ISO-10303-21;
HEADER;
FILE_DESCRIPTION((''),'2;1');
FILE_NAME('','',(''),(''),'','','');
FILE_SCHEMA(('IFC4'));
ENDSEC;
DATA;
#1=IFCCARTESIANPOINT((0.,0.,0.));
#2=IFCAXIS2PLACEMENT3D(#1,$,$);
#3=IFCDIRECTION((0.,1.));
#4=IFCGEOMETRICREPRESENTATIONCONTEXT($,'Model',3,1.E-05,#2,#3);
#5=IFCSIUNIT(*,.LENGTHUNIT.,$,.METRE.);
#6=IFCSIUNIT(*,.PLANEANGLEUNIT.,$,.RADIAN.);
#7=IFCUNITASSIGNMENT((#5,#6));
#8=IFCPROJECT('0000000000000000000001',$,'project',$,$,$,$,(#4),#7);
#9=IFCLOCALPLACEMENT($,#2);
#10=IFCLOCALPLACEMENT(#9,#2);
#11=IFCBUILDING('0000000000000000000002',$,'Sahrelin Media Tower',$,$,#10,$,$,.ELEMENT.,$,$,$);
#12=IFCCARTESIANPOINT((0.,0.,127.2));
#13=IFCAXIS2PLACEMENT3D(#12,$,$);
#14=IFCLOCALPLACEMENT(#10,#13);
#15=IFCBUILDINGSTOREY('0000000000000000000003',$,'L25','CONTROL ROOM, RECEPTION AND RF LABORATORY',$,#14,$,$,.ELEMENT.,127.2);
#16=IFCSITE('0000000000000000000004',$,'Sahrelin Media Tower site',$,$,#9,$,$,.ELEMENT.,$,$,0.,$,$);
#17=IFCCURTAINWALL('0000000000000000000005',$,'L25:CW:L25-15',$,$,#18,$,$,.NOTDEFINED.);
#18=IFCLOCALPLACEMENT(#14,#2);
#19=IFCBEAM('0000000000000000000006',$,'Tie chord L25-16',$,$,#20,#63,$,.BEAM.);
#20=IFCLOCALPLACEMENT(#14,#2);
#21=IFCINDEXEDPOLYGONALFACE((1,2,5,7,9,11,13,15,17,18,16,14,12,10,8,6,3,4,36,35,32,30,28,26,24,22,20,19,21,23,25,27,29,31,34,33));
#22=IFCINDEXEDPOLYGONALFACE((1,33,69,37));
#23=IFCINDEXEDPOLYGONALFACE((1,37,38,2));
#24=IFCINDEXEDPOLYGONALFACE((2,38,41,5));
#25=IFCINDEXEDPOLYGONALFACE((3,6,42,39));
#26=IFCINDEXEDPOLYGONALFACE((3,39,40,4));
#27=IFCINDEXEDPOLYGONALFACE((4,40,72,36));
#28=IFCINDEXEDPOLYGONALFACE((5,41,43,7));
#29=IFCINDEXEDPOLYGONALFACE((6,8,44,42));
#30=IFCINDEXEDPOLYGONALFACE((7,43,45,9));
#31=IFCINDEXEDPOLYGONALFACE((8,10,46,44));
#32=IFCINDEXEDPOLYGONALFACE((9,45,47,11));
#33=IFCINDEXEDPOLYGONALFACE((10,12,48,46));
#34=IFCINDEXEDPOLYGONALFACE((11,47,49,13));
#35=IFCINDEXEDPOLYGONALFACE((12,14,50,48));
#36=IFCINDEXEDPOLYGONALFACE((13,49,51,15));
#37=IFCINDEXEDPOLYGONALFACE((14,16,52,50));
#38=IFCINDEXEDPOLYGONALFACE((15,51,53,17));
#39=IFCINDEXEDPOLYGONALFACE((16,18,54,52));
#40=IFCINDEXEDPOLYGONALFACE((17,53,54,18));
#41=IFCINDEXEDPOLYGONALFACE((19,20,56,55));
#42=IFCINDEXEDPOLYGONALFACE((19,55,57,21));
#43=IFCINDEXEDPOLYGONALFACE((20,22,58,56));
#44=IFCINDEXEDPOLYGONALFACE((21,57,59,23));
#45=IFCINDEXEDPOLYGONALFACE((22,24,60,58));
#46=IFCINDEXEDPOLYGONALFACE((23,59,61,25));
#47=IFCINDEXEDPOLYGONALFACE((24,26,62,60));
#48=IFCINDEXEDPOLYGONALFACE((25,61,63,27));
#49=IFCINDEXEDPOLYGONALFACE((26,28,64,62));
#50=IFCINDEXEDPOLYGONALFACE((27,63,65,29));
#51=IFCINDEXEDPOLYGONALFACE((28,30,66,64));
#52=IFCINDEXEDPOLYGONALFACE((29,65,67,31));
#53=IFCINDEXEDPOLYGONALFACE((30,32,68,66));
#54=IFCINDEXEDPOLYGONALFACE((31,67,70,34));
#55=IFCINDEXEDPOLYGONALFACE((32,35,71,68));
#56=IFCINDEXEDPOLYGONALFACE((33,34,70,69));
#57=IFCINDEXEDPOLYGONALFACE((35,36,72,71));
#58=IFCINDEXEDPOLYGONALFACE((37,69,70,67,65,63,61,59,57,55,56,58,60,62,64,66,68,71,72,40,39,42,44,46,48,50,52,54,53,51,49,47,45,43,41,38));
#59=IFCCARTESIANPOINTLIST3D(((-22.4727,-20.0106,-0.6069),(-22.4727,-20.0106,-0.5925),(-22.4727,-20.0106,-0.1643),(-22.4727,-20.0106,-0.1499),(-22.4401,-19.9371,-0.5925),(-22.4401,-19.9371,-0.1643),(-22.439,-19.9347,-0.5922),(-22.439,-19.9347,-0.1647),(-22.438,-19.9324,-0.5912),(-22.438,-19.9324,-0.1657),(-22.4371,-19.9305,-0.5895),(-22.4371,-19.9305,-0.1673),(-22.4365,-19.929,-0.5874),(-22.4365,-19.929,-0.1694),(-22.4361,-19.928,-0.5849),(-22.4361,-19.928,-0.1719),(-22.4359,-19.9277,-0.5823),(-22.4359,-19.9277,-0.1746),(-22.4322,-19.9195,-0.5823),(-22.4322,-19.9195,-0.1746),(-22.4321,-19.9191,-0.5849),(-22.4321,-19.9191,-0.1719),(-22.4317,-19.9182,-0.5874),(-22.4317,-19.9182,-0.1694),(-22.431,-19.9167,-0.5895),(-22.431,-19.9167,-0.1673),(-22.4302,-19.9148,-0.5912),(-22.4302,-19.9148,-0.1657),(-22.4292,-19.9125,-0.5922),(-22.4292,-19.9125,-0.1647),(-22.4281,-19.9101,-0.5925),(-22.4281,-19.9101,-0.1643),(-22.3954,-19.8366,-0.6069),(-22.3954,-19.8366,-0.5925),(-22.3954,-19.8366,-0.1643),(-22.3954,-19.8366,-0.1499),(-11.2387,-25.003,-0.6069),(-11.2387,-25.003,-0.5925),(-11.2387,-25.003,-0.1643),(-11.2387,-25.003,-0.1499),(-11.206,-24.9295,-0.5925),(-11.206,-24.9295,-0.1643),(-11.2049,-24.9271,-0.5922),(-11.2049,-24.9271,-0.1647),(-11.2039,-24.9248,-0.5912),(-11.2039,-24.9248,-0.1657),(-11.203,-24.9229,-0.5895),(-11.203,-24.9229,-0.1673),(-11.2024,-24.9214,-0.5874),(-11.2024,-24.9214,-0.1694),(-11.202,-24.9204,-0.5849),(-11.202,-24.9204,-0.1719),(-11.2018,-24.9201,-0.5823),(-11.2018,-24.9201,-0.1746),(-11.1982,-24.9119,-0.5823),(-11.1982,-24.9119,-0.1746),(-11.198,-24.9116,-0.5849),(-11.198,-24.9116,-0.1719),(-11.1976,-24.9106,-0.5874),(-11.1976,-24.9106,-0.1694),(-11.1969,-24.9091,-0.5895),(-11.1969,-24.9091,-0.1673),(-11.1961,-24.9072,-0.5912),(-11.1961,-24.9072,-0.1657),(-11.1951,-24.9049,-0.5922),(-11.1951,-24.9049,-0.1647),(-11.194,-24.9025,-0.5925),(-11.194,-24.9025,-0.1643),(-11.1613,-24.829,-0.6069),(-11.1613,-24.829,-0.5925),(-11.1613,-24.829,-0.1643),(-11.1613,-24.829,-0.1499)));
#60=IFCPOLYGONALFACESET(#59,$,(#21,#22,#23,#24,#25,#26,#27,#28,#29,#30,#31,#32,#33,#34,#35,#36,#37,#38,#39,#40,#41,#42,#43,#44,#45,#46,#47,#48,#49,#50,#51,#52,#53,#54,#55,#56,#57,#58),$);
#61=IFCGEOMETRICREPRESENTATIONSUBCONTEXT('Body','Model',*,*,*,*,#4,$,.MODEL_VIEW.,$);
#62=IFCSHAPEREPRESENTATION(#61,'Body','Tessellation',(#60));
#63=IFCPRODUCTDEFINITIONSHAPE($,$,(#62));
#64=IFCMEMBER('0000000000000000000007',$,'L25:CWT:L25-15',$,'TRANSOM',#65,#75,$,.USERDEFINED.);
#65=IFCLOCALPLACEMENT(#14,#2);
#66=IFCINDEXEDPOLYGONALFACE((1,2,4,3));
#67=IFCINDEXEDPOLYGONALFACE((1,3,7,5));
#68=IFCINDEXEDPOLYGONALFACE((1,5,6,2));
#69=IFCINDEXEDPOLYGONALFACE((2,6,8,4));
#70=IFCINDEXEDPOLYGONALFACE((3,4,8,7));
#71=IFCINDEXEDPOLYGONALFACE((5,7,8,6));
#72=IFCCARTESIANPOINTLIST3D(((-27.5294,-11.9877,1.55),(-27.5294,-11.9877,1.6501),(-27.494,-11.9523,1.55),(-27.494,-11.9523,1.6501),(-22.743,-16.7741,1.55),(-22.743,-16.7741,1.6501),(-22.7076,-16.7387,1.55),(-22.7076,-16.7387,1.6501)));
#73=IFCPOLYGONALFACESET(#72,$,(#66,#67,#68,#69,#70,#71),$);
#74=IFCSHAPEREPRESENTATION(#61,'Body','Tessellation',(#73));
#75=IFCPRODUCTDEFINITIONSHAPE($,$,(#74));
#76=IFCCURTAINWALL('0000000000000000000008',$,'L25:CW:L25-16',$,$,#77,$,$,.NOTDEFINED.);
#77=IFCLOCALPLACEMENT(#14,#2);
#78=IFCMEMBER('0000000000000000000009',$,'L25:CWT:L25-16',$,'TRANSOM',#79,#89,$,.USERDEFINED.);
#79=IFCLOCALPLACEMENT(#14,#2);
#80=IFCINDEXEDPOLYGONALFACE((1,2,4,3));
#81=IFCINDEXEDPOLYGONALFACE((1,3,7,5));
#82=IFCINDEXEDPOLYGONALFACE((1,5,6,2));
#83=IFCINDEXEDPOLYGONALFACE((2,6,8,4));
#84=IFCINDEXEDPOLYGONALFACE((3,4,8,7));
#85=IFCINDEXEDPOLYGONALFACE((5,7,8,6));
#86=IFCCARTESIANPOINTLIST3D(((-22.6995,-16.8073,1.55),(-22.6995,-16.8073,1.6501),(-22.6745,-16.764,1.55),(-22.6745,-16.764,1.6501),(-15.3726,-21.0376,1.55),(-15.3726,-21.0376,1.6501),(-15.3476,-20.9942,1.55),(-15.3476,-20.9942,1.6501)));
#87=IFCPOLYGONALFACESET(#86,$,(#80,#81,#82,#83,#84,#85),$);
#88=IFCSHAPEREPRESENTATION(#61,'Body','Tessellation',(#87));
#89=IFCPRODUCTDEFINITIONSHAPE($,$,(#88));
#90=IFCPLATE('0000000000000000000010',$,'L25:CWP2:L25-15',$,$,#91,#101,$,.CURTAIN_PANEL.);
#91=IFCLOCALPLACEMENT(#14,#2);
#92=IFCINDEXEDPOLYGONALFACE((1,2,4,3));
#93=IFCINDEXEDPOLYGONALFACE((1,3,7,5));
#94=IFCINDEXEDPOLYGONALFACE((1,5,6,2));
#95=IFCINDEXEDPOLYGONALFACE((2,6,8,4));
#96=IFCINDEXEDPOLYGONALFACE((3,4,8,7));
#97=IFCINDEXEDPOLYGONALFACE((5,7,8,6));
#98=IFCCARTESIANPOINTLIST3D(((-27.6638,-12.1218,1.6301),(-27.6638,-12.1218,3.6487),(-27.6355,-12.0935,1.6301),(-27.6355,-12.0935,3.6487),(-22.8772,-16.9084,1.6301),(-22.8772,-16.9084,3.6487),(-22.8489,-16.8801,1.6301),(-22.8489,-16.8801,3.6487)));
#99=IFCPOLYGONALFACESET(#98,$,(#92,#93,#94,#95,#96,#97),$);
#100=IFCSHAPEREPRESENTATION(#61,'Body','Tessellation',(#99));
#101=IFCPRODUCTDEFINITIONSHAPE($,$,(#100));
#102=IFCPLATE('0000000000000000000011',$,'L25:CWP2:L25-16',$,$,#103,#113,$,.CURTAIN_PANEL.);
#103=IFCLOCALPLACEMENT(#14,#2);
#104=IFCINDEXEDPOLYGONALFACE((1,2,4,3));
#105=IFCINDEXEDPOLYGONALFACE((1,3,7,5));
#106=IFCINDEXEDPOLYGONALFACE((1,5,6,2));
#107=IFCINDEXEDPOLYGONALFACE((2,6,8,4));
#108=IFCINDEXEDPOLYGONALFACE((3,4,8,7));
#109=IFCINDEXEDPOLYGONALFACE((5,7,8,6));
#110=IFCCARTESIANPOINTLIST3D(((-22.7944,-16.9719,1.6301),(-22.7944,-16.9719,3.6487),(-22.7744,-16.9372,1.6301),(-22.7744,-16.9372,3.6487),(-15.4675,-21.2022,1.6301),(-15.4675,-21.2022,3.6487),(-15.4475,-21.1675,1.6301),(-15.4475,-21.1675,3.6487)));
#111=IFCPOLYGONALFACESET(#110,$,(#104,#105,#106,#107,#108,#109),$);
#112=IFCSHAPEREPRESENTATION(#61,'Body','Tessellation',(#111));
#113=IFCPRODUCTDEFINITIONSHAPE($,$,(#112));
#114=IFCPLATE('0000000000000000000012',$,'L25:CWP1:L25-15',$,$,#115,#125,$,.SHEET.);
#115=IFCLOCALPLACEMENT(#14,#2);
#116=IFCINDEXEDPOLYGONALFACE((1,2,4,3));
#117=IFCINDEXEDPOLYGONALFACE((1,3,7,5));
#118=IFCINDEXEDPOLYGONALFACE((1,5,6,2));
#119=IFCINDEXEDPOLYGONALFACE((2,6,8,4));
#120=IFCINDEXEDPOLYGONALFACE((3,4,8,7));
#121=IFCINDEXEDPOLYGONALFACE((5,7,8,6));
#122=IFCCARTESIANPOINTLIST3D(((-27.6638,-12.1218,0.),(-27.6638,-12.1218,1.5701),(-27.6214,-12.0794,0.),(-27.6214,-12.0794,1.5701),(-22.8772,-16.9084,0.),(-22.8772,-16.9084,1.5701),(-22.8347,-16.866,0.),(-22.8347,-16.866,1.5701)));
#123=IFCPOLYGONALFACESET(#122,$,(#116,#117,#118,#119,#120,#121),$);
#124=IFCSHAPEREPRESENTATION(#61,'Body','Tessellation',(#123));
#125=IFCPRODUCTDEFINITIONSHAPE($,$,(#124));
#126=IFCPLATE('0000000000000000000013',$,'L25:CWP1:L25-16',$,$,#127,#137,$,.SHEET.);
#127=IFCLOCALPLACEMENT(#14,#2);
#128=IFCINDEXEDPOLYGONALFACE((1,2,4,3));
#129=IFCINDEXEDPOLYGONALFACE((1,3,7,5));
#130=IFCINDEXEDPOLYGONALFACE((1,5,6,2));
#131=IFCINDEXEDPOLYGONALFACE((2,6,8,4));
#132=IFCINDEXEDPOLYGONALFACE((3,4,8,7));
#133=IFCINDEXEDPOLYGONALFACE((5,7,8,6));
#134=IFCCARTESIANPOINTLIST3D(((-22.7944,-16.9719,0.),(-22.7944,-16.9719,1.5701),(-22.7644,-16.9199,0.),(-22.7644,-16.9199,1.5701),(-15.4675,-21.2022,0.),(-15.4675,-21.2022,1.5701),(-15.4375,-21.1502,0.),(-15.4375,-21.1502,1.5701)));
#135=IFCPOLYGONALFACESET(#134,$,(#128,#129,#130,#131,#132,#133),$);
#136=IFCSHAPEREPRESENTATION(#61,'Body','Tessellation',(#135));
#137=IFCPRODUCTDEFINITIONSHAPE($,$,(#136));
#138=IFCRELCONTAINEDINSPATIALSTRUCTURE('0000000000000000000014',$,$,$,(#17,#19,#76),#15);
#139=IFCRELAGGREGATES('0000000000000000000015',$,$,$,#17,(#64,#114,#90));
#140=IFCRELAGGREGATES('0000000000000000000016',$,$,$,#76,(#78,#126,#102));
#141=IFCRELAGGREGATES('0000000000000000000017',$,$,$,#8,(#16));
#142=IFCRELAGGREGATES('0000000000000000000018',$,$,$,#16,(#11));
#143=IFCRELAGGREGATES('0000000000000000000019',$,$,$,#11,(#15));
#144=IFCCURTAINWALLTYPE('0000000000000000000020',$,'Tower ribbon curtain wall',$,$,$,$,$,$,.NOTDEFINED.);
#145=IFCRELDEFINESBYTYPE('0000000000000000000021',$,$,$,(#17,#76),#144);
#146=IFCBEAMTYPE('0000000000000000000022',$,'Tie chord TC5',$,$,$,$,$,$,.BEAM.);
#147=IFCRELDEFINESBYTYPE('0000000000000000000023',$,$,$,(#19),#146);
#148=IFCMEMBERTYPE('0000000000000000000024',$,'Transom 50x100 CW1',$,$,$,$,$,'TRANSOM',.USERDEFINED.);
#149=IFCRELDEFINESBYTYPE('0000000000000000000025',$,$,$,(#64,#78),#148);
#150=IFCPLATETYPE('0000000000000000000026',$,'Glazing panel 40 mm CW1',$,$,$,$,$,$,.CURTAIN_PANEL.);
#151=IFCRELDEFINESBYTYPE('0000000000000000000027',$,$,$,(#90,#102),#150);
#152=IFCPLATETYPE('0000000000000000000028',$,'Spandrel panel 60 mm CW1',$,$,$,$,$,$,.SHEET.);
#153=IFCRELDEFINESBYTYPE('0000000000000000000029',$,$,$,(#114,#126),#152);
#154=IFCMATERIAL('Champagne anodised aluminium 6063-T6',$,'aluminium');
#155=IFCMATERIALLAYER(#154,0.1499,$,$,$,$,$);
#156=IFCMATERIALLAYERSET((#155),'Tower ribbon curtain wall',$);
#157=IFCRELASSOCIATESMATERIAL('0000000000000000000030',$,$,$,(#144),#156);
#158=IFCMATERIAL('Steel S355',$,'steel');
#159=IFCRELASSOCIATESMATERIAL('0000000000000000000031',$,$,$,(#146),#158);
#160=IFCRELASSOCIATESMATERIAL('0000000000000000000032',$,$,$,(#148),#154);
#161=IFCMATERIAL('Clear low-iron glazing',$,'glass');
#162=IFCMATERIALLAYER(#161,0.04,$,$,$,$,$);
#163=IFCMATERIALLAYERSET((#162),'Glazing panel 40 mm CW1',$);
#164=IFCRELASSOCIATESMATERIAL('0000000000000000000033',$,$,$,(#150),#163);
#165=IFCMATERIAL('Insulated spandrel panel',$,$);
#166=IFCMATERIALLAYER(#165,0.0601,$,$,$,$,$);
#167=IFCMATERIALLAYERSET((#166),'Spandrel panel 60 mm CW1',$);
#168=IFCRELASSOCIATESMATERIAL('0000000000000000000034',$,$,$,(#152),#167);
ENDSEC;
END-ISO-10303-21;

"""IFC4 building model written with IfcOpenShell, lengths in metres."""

from ifc_helpers import new_model, si_unit, direction, frame, origin, origin_2d, place, context, subcontext, project, spatial, polyline, rectangle, i_section, outline, extrude, material, layer, layer_set, material_profile, profile_set, type_object, element, aggregate, save


model = new_model("IFC4")

# Units and contexts
model_context = context("Model", 3, precision=1e-05, world=origin(), true_north=direction((0.0, 1.0)))
body_context = subcontext(model_context, "Body", "Model", "MODEL_VIEW")
ifc_project = project(units=[si_unit("LENGTHUNIT", "METRE"), si_unit("PLANEANGLEUNIT", "RADIAN")], contexts=[model_context])

# Site, building, storey
site_placement = place(None, origin())
site = spatial("IfcSite", under=ifc_project, at=site_placement, Name="Sahrelin Media Tower site", CompositionType="ELEMENT", RefElevation=0.0)
building_placement = place(site_placement, origin())
building = spatial("IfcBuilding", under=site, at=building_placement, Name="Sahrelin Media Tower", CompositionType="ELEMENT")
storey_placement = place(building_placement, frame((0.0, 0.0, 127.2)))
storey = spatial("IfcBuildingStorey", under=building, at=storey_placement, Name="L25", Description="CONTROL ROOM, RECEPTION AND RF LABORATORY", CompositionType="ELEMENT", Elevation=127.2)

# Shared definitions
ifc_material_1 = material(Name="Steel S355", Category="steel")

# Curtain wall
ifc_material_2 = material(Name="Champagne anodised aluminium 6063-T6", Category="aluminium")
ifc_layer_1 = layer(ifc_material_2, 0.1499)
ifc_layer_set_1 = layer_set([ifc_layer_1], Name="Tower ribbon curtain wall")
curtain_wall_type = type_object("IfcCurtainWallType", Name="Tower ribbon curtain wall", PredefinedType="NOTDEFINED", material=ifc_layer_set_1)
curtain_wall_1_placement = place(storey_placement, frame((-25.2563, -14.501, 0.0), z_axis=(0.0, 0.0, 1.0), x_axis=(1.0, 0.0, 0.0)))
curtain_wall_1 = element("IfcCurtainWall", 1, at=curtain_wall_1_placement, inside=storey, type_object=curtain_wall_type, Name="L25:CW:L25-15", PredefinedType="NOTDEFINED")

# Beam
ifc_material_profile_1 = material_profile(ifc_material_1, i_section(OverallWidth=0.1904, OverallDepth=0.457, WebThickness=0.009, FlangeThickness=0.0144, FilletRadius=0.0103, at=origin_2d()), Name="UB 457x191x74")
ifc_profile_set_1 = profile_set([ifc_material_profile_1], Name="Steel S355")
beam_type_1 = type_object("IfcBeamType", Name="Tie chord TC5", PredefinedType="BEAM", material=ifc_profile_set_1)
beam_1_placement = place(storey_placement, frame((-22.4341, -19.9236, -0.3784), z_axis=(0.913827, -0.406103, 0.0), x_axis=(0.406103, 0.913827, 0.0)))
element("IfcBeam", 2, at=beam_1_placement, inside=storey, type_object=beam_type_1, Name="Tie chord L25-16", PredefinedType="BEAM", context=body_context, shape_type="SweptSolid", body=[
    extrude(i_section(OverallWidth=0.1904, OverallDepth=0.457, WebThickness=0.009, FlangeThickness=0.0144, FilletRadius=0.0103, at=origin_2d()), origin(), (0.0, 0.0, 1.0), 12.2935),
])

# Member
ifc_material_profile_2 = material_profile(ifc_material_2, rectangle(XDim=0.05, YDim=0.1001, at=origin_2d()), Name="Transom 50x100")
ifc_profile_set_2 = profile_set([ifc_material_profile_2], Name="Champagne anodised aluminium 6063-T6")
member_type_1 = type_object("IfcMemberType", Name="Transom 50x100 CW1", ElementType="TRANSOM", PredefinedType="USERDEFINED", material=ifc_profile_set_2)
member_1_placement = place(storey_placement, frame((-27.5117, -11.97, 1.6001), z_axis=(0.707107, -0.707107, 0.0), x_axis=(0.707107, 0.707107, 0.0)))
member_1 = element("IfcMember", 3, at=member_1_placement, type_object=member_type_1, Name="L25:CWT:L25-15", ObjectType="TRANSOM", PredefinedType="USERDEFINED", context=body_context, shape_type="SweptSolid", body=[
    extrude(rectangle(XDim=0.05, YDim=0.1001, at=origin_2d()), origin(), (0.0, 0.0, 1.0), 6.769),
])

# Curtain wall, member
curtain_wall_2_placement = place(storey_placement, frame((-19.1211, -19.0696, 0.0), z_axis=(0.0, 0.0, 1.0), x_axis=(1.0, 0.0, 0.0)))
curtain_wall_2 = element("IfcCurtainWall", 4, at=curtain_wall_2_placement, inside=storey, type_object=curtain_wall_type, Name="L25:CW:L25-16", PredefinedType="NOTDEFINED")
member_2_placement = place(storey_placement, frame((-22.687, -16.7856, 1.6001), z_axis=(0.866024, -0.500003, 0.0), x_axis=(0.500003, 0.866024, 0.0)))
member_2 = element("IfcMember", 5, at=member_2_placement, type_object=member_type_1, Name="L25:CWT:L25-16", ObjectType="TRANSOM", PredefinedType="USERDEFINED", context=body_context, shape_type="SweptSolid", body=[
    extrude(rectangle(XDim=0.05, YDim=0.1001, at=origin_2d()), origin(), (0.0, 0.0, 1.0), 8.4604),
])

# Plates
ifc_material_3 = material(Name="Clear low-iron glazing", Category="glass")
ifc_layer_2 = layer(ifc_material_3, 0.04)
ifc_layer_set_2 = layer_set([ifc_layer_2], Name="Glazing panel 40 mm CW1")
plate_type_1 = type_object("IfcPlateType", Name="Glazing panel 40 mm CW1", PredefinedType="CURTAIN_PANEL", material=ifc_layer_set_2)
plate_1_placement = place(storey_placement, frame((-27.6638, -12.1218, 1.6301), z_axis=(-0.707107, -0.707107, 0.0), x_axis=(0.707107, -0.707107, 0.0)))
plate_1 = element("IfcPlate", 6, at=plate_1_placement, type_object=plate_type_1, Name="L25:CWP2:L25-15", PredefinedType="CURTAIN_PANEL", context=body_context, shape_type="SweptSolid", body=[
    extrude(outline(polyline([(0.0, 0.0), (6.7693, 0.0), (6.7693, 2.0186), (0.0, 2.0186), (0.0, 0.0)])), origin(), (0.0, 0.0, -1.0), 0.04),
])
plate_2_placement = place(storey_placement, frame((-22.7944, -16.9719, 1.6301), z_axis=(-0.500003, -0.866024, 0.0), x_axis=(0.866024, -0.500003, 0.0)))
plate_2 = element("IfcPlate", 7, at=plate_2_placement, type_object=plate_type_1, Name="L25:CWP2:L25-16", PredefinedType="CURTAIN_PANEL", context=body_context, shape_type="SweptSolid", body=[
    extrude(outline(polyline([(0.0, 0.0), (8.4604, 0.0), (8.4604, 2.0186), (0.0, 2.0186), (0.0, 0.0)])), origin(), (0.0, 0.0, -1.0), 0.04),
])
ifc_material_4 = material(Name="Insulated spandrel panel")
ifc_layer_3 = layer(ifc_material_4, 0.0601)
ifc_layer_set_3 = layer_set([ifc_layer_3], Name="Spandrel panel 60 mm CW1")
plate_type_2 = type_object("IfcPlateType", Name="Spandrel panel 60 mm CW1", PredefinedType="SHEET", material=ifc_layer_set_3)
plate_3_placement = place(storey_placement, frame((-27.6638, -12.1218, 0.0), z_axis=(-0.707107, -0.707107, 0.0), x_axis=(0.707107, -0.707107, 0.0)))
plate_3 = element("IfcPlate", 8, at=plate_3_placement, type_object=plate_type_2, Name="L25:CWP1:L25-15", PredefinedType="SHEET", context=body_context, shape_type="SweptSolid", body=[
    extrude(outline(polyline([(0.0, 0.0), (6.7693, 0.0), (6.7693, 1.5701), (0.0, 1.5701), (0.0, 0.0)])), origin(), (0.0, 0.0, -1.0), 0.0601),
])
aggregate(curtain_wall_1, [member_1, plate_3, plate_1])
plate_4_placement = place(storey_placement, frame((-22.7944, -16.9719, 0.0), z_axis=(-0.500003, -0.866024, 0.0), x_axis=(0.866024, -0.500003, 0.0)))
plate_4 = element("IfcPlate", 9, at=plate_4_placement, type_object=plate_type_2, Name="L25:CWP1:L25-16", PredefinedType="SHEET", context=body_context, shape_type="SweptSolid", body=[
    extrude(outline(polyline([(0.0, 0.0), (8.4604, 0.0), (8.4604, 1.5701), (0.0, 1.5701), (0.0, 0.0)])), origin(), (0.0, 0.0, -1.0), 0.0601),
])
aggregate(curtain_wall_2, [member_2, plate_4, plate_2])

save(model, "model.ifc")
